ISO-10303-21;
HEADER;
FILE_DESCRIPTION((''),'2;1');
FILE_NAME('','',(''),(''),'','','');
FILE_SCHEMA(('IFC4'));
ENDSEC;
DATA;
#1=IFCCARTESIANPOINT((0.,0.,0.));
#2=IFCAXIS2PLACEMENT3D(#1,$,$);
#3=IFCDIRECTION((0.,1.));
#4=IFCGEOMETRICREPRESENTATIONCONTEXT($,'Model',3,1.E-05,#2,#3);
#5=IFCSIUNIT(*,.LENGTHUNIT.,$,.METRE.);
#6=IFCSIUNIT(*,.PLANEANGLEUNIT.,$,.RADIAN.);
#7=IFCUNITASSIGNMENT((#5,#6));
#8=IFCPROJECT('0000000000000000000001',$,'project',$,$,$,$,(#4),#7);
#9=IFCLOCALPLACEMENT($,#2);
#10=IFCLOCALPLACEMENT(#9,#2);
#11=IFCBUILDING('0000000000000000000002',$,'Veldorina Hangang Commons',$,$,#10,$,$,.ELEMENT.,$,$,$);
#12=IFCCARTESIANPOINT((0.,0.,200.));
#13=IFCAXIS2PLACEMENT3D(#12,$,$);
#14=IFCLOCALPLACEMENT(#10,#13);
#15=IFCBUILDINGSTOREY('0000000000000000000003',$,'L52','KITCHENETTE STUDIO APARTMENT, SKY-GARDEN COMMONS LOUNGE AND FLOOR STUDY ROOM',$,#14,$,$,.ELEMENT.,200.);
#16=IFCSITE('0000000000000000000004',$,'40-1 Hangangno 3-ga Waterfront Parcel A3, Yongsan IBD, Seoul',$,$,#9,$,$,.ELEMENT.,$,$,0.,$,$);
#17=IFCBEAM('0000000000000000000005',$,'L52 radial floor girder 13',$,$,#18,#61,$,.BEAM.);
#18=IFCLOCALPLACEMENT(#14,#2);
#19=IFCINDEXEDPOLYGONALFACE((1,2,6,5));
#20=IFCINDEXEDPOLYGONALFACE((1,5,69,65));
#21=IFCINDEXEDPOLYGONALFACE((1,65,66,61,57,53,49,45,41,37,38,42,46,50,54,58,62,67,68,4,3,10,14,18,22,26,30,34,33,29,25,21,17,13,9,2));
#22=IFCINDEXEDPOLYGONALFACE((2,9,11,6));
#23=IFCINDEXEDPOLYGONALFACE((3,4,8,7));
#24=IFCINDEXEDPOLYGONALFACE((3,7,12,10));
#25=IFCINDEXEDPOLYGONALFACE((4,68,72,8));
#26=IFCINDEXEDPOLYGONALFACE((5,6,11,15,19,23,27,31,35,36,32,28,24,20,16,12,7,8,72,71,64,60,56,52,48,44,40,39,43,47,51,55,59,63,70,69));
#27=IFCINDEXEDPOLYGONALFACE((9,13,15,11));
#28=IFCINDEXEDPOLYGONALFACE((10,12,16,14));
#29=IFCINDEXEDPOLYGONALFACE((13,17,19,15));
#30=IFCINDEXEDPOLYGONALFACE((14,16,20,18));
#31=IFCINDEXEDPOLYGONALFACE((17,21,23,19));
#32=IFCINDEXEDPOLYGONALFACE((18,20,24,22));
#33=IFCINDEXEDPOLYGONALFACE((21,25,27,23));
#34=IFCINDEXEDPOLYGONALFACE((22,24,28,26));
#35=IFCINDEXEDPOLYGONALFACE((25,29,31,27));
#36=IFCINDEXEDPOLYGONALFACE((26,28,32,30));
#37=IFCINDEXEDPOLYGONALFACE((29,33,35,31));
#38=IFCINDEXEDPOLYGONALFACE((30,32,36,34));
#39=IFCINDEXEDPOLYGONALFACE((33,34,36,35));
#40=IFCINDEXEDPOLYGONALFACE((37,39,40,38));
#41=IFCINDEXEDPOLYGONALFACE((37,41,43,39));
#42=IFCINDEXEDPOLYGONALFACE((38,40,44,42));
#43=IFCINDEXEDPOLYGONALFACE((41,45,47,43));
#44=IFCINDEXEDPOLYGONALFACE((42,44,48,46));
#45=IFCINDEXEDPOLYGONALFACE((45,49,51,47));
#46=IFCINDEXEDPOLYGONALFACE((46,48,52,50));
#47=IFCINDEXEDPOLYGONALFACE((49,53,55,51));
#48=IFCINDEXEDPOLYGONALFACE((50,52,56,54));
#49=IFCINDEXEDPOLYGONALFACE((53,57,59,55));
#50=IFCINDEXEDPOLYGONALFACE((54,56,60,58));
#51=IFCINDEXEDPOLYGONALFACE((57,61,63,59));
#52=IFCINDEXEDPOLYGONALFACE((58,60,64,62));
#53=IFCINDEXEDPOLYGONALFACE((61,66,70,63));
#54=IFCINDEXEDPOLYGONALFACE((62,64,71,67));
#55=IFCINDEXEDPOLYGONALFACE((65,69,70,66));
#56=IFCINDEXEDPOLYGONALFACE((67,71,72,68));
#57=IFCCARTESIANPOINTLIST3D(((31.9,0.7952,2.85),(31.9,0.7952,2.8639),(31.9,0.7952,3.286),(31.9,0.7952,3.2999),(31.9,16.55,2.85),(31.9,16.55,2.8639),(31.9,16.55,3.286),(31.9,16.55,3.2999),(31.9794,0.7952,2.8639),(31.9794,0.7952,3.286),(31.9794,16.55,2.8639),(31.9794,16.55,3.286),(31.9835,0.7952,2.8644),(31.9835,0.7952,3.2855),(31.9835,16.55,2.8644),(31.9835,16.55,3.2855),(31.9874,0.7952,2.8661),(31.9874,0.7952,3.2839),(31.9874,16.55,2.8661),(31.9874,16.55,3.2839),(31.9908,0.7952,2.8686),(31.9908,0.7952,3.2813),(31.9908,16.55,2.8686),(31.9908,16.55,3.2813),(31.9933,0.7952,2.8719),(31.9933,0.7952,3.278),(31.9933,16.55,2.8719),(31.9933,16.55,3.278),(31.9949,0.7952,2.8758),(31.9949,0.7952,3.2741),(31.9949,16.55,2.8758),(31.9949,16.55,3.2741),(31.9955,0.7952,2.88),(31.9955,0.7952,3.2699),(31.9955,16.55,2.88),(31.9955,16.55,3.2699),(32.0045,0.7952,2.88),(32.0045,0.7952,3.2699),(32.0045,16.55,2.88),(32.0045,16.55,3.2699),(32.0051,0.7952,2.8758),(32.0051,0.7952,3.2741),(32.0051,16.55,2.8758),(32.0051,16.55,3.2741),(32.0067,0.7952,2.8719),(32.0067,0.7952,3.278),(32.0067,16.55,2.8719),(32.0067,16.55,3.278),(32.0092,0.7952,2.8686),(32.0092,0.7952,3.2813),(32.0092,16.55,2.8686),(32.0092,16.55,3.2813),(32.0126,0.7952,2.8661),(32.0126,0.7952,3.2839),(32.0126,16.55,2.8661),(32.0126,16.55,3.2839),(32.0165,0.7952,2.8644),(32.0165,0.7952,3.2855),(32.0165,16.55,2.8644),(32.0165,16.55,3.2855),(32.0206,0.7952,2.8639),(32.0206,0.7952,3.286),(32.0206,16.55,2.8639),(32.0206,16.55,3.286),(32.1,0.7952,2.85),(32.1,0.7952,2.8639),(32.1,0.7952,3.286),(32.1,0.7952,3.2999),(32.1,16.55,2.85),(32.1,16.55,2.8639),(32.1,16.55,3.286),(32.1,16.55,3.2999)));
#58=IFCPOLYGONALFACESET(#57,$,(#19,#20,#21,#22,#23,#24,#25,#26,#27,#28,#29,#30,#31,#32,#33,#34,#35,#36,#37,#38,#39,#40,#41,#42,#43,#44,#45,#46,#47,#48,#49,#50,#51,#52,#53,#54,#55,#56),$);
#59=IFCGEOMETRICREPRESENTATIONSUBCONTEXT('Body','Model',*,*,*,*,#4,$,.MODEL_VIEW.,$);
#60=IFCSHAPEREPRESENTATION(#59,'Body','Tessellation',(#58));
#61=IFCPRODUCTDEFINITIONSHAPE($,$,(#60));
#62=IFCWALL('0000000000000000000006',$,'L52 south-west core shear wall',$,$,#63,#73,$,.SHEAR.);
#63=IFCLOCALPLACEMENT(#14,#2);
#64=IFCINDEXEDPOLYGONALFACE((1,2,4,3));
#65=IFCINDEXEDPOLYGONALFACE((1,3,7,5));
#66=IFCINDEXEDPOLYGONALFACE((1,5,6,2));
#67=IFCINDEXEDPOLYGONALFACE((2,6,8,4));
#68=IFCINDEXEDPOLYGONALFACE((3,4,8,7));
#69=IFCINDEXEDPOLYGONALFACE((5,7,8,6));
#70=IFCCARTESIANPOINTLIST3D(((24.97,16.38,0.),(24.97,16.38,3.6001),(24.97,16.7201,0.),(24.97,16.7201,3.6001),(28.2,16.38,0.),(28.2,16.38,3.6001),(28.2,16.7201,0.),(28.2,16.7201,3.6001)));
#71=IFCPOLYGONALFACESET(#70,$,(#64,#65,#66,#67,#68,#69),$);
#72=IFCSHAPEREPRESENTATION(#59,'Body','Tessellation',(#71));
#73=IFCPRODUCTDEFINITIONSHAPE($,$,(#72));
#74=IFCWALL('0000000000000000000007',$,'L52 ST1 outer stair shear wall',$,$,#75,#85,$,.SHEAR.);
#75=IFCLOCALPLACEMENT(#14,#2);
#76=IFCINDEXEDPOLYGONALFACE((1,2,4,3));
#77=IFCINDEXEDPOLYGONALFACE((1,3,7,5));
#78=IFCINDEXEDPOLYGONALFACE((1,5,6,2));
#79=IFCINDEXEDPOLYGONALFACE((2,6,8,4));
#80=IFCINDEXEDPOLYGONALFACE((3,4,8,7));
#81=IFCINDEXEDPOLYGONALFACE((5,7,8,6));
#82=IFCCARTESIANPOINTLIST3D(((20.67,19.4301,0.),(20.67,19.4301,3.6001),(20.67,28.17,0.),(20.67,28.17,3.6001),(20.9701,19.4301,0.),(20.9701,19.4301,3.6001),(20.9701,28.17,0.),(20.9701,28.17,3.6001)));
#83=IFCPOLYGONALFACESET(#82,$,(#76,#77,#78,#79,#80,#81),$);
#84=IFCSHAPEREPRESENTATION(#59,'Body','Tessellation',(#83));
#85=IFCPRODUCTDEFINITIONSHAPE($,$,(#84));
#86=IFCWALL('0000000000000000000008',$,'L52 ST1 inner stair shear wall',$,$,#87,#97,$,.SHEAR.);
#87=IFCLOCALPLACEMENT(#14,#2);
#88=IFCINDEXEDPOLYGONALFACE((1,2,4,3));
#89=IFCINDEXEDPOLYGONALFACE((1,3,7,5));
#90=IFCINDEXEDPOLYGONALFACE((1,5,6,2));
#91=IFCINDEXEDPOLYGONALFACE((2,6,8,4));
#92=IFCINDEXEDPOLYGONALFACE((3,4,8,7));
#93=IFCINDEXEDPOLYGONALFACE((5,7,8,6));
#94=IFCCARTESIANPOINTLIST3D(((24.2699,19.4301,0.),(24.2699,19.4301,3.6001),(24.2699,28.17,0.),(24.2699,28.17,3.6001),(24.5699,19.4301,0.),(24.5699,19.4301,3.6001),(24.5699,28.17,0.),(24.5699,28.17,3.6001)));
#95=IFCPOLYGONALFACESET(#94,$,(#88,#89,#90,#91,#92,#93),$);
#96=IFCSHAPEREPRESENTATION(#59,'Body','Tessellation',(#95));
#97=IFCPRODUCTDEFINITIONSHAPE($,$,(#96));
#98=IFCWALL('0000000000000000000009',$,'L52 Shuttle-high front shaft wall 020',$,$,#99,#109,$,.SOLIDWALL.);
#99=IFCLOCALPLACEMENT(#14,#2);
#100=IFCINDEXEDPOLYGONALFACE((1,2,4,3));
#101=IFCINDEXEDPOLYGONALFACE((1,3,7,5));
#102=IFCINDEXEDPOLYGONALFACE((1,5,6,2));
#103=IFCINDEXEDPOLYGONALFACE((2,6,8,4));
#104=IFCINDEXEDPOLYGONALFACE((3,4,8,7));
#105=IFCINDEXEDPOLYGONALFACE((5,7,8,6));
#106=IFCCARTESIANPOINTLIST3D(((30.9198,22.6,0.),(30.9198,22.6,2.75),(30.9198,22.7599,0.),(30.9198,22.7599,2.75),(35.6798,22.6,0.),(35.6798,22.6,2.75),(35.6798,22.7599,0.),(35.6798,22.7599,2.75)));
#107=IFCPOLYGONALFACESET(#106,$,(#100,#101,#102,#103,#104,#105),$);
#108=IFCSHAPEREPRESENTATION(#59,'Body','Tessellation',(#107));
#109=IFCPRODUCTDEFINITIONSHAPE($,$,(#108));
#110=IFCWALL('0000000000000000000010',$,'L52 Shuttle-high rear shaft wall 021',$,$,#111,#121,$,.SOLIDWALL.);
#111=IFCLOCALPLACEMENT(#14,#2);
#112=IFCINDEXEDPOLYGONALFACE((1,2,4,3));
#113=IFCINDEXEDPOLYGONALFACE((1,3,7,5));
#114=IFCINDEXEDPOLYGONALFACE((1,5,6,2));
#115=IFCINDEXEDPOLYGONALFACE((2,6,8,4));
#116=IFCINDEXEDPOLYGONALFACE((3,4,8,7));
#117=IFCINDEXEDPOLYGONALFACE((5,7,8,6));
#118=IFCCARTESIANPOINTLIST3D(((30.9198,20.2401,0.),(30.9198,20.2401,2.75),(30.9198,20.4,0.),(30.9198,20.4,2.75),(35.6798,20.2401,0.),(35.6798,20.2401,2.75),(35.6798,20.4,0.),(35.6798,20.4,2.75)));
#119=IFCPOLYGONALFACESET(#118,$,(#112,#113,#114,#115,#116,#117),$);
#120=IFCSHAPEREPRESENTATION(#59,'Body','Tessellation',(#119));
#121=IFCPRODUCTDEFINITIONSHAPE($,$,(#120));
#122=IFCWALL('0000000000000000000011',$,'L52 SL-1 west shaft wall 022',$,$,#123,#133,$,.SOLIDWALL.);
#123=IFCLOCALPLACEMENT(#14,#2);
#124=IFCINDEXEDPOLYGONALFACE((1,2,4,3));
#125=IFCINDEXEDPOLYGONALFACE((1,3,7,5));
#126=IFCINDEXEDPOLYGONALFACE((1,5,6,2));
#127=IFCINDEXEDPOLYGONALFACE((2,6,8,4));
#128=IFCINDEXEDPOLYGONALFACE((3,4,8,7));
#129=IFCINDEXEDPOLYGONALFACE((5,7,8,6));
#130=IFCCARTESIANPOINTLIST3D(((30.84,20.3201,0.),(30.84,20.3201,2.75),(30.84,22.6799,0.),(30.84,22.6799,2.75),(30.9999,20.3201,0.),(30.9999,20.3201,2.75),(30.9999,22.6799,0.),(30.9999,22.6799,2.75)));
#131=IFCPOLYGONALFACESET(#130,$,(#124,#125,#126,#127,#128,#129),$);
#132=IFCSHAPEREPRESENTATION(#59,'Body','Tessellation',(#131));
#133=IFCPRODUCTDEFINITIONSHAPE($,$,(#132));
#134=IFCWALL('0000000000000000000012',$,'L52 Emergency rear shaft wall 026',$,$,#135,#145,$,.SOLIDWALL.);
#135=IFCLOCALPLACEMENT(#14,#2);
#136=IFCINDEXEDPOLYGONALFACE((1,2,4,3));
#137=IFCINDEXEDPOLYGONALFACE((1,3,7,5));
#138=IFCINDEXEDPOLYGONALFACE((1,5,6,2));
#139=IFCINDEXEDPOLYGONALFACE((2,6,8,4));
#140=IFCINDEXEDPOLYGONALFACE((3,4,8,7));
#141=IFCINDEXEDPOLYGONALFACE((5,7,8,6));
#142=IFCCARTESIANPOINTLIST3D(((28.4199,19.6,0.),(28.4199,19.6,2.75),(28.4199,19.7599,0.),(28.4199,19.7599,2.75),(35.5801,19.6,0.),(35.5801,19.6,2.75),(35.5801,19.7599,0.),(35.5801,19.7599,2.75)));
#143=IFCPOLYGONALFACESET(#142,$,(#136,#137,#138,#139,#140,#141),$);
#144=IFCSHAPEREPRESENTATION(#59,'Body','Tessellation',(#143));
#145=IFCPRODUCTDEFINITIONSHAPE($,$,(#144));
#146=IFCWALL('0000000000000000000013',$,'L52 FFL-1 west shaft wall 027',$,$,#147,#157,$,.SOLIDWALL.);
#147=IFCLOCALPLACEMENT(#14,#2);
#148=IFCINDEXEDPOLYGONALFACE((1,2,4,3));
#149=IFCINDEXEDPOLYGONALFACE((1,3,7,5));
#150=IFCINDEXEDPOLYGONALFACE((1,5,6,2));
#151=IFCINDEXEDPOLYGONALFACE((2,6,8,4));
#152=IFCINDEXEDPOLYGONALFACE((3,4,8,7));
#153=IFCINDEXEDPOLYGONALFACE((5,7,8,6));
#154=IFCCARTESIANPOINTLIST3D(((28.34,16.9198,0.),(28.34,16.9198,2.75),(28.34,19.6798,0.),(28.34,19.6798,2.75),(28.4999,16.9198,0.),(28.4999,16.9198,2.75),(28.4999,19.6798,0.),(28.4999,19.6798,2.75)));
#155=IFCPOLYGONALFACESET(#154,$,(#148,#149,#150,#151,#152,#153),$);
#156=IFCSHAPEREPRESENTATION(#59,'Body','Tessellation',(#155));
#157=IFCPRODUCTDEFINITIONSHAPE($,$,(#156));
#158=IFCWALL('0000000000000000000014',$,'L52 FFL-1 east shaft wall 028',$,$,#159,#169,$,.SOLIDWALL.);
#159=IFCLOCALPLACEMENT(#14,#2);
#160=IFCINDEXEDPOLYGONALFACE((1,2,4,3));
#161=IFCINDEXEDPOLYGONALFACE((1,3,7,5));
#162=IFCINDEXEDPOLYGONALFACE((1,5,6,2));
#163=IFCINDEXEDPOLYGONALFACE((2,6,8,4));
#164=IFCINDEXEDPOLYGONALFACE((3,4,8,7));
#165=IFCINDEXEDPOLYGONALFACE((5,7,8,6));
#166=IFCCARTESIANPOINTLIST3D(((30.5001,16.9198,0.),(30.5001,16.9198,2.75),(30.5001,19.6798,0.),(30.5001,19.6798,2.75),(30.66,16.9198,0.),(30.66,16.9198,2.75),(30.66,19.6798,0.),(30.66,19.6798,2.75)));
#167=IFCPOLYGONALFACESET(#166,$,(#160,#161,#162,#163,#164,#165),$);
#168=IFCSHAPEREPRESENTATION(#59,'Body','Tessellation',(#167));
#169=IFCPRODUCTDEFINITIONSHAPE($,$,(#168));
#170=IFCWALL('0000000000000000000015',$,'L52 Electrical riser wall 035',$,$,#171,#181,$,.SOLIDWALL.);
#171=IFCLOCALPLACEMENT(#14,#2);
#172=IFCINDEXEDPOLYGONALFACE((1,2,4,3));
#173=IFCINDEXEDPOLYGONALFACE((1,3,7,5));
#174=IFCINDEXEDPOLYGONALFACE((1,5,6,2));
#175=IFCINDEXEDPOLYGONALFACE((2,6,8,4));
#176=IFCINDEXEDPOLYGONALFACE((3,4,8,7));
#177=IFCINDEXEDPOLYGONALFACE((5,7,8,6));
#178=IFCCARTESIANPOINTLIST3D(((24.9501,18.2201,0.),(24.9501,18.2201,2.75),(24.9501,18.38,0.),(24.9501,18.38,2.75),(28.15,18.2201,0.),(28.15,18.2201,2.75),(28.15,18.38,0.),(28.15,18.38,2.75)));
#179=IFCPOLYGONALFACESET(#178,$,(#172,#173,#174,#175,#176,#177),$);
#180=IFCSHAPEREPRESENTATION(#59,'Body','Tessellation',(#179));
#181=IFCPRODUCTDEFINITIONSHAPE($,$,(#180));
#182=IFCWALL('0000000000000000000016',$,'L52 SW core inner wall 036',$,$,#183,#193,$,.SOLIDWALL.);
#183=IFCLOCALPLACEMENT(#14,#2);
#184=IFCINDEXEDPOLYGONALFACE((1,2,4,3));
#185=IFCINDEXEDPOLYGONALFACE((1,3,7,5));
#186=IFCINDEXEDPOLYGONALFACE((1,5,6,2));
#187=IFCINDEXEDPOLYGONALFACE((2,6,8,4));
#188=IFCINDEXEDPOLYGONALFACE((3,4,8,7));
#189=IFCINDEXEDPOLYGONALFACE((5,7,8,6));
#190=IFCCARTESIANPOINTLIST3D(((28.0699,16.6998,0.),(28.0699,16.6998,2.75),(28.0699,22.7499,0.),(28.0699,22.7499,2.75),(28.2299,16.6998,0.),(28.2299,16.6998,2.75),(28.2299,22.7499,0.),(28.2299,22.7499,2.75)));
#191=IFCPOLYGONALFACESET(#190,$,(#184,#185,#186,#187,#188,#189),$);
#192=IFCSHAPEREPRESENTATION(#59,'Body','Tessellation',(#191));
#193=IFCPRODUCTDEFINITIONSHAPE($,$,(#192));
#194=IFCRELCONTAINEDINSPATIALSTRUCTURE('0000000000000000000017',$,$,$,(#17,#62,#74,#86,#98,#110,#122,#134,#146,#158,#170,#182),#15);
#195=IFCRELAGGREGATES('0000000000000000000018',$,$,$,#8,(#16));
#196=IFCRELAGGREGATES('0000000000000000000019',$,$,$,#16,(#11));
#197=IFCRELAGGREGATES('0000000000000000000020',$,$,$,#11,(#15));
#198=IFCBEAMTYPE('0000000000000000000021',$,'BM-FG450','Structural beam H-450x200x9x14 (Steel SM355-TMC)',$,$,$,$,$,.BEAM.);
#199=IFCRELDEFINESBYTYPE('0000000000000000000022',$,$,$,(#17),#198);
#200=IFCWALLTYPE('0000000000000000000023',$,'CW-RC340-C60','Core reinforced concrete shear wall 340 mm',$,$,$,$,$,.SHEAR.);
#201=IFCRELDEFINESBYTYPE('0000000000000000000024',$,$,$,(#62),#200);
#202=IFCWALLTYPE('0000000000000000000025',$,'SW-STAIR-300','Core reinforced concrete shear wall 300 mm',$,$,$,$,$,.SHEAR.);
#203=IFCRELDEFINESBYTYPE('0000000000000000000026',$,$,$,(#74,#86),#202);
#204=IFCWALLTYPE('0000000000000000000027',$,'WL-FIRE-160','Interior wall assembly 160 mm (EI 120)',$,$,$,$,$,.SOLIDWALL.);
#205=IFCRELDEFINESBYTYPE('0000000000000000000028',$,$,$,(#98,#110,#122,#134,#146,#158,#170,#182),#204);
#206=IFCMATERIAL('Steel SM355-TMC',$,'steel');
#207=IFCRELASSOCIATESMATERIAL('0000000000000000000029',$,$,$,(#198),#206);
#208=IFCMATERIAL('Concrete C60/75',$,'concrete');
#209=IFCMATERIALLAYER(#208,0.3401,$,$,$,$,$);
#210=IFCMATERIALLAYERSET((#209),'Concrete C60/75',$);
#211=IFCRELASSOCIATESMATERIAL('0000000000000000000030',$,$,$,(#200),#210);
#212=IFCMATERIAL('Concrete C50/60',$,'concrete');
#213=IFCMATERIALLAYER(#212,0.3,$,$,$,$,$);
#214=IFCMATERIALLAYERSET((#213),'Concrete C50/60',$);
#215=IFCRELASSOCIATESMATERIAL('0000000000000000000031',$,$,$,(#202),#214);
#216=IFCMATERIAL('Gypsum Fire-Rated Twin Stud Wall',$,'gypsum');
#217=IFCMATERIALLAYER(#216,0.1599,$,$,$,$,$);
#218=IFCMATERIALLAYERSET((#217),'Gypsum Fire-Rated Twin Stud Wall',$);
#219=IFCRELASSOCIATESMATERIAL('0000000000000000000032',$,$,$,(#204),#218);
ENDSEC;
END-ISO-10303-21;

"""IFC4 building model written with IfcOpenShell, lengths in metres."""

from ifc_helpers import new_model, si_unit, direction, frame, frame_2d, origin, origin_2d, place, context, subcontext, project, spatial, rectangle, i_section, extrude, material, layer, layer_set, material_profile, profile_set, type_object, element, save


model = new_model("IFC4")

# Units and contexts
model_context = context("Model", 3, precision=1e-05, world=origin(), true_north=direction((0.0, 1.0)))
body_context = subcontext(model_context, "Body", "Model", "MODEL_VIEW")
ifc_project = project(units=[si_unit("LENGTHUNIT", "METRE"), si_unit("PLANEANGLEUNIT", "RADIAN")], contexts=[model_context])

# Site, building, storey
site_placement = place(None, origin())
site = spatial("IfcSite", under=ifc_project, at=site_placement, Name="40-1 Hangangno 3-ga Waterfront Parcel A3, Yongsan IBD, Seoul", CompositionType="ELEMENT", RefElevation=0.0)
building_placement = place(site_placement, origin())
building = spatial("IfcBuilding", under=site, at=building_placement, Name="Veldorina Hangang Commons", CompositionType="ELEMENT")
storey_placement = place(building_placement, frame((0.0, 0.0, 200.0)))
storey = spatial("IfcBuildingStorey", under=building, at=storey_placement, Name="L52", Description="KITCHENETTE STUDIO APARTMENT, SKY-GARDEN COMMONS LOUNGE AND FLOOR STUDY ROOM", CompositionType="ELEMENT", Elevation=200.0)

# Beam
ifc_material_1 = material(Name="Concrete C60/75", Category="concrete")
ifc_material_2 = material(Name="Steel SM355-TMC", Category="steel")
ifc_material_profile_1 = material_profile(ifc_material_2, i_section(OverallWidth=0.2, OverallDepth=0.45, WebThickness=0.009, FlangeThickness=0.0139, FilletRadius=0.0161, at=origin_2d()), Name="H-450x200x9x14")
ifc_profile_set_1 = profile_set([ifc_material_profile_1], Name="Steel SM355-TMC")
beam_type_1 = type_object("IfcBeamType", Name="BM-FG450", Description="Structural beam H-450x200x9x14 (Steel SM355-TMC)", PredefinedType="BEAM", material=ifc_profile_set_1)
beam_1_placement = place(storey_placement, frame((32.0, 16.55, 3.075), z_axis=(0.0, -1.0, 0.0), x_axis=(1.0, 0.0, 0.0)))
element("IfcBeam", 1, at=beam_1_placement, inside=storey, type_object=beam_type_1, Name="L52 radial floor girder 13", PredefinedType="BEAM", context=body_context, shape_type="SweptSolid", body=[
    extrude(i_section(OverallWidth=0.2, OverallDepth=0.45, WebThickness=0.009, FlangeThickness=0.0139, FilletRadius=0.0161, at=origin_2d()), origin(), (0.0, 0.0, 1.0), 15.7549),
])

# Walls
ifc_layer_1 = layer(ifc_material_1, 0.3401)
ifc_layer_set_1 = layer_set([ifc_layer_1], Name="Concrete C60/75")
wall_type_1 = type_object("IfcWallType", Name="CW-RC340-C60", Description="Core reinforced concrete shear wall 340 mm", PredefinedType="SHEAR", material=ifc_layer_set_1)
wall_1_placement = place(storey_placement, frame((24.97, 16.55, 0.0), z_axis=(0.0, 0.0, 1.0), x_axis=(1.0, 0.0, 0.0)))
element("IfcWall", 2, at=wall_1_placement, inside=storey, type_object=wall_type_1, Name="L52 south-west core shear wall", PredefinedType="SHEAR", context=body_context, shape_type="SweptSolid", body=[
    extrude(rectangle(XDim=3.23, YDim=0.3401, at=frame_2d((1.615, 0.0))), origin(), (0.0, 0.0, 1.0), 3.6001),
])
ifc_material_3 = material(Name="Concrete C50/60", Category="concrete")
ifc_layer_2 = layer(ifc_material_3, 0.3)
ifc_layer_set_2 = layer_set([ifc_layer_2], Name="Concrete C50/60")
wall_type_2 = type_object("IfcWallType", Name="SW-STAIR-300", Description="Core reinforced concrete shear wall 300 mm", PredefinedType="SHEAR", material=ifc_layer_set_2)
for number, where, z_axis, x_axis, name in (
    (3, (20.8201, 19.4299, 0.0), (0.0, 0.0, 1.0), (0.0, 1.0, 0.0), "L52 ST1 outer stair shear wall"),
    (4, (24.4199, 19.4299, 0.0), (0.0, 0.0, 1.0), (0.0, 1.0, 0.0), "L52 ST1 inner stair shear wall"),
):
    element("IfcWall", number, at=place(storey_placement, frame(where, z_axis=z_axis, x_axis=x_axis)), inside=storey, type_object=wall_type_2, Name=name, PredefinedType="SHEAR", context=body_context, shape_type="SweptSolid", body=[
        extrude(rectangle(XDim=8.74, YDim=0.3, at=frame_2d((4.3701, 0.0))), origin(), (0.0, 0.0, 1.0), 3.6001),
    ])
ifc_material_4 = material(Name="Gypsum Fire-Rated Twin Stud Wall", Category="gypsum")
ifc_layer_3 = layer(ifc_material_4, 0.1599)
ifc_layer_set_3 = layer_set([ifc_layer_3], Name="Gypsum Fire-Rated Twin Stud Wall")
wall_type_3 = type_object("IfcWallType", Name="WL-FIRE-160", Description="Interior wall assembly 160 mm (EI 120)", PredefinedType="SOLIDWALL", material=ifc_layer_set_3)
for number, where, z_axis, x_axis, name in (
    (5, (30.9199, 22.6799, 0.0), (0.0, 0.0, 1.0), (1.0, 0.0, 0.0), "L52 Shuttle-high front shaft wall 020"),
    (6, (30.9199, 20.3201, 0.0), (0.0, 0.0, 1.0), (1.0, 0.0, 0.0), "L52 Shuttle-high rear shaft wall 021"),
):
    element("IfcWall", number, at=place(storey_placement, frame(where, z_axis=z_axis, x_axis=x_axis)), inside=storey, type_object=wall_type_3, Name=name, PredefinedType="SOLIDWALL", context=body_context, shape_type="SweptSolid", body=[
        extrude(rectangle(XDim=4.76, YDim=0.1599, at=frame_2d((2.3799, 0.0))), origin(), (0.0, 0.0, 1.0), 2.75),
    ])
wall_2_placement = place(storey_placement, frame((30.9199, 20.3201, 0.0), z_axis=(0.0, 0.0, 1.0), x_axis=(0.0, 1.0, 0.0)))
element("IfcWall", 7, at=wall_2_placement, inside=storey, type_object=wall_type_3, Name="L52 SL-1 west shaft wall 022", PredefinedType="SOLIDWALL", context=body_context, shape_type="SweptSolid", body=[
    extrude(rectangle(XDim=2.3599, YDim=0.1599, at=frame_2d((1.1799, 0.0))), origin(), (0.0, 0.0, 1.0), 2.75),
])

# Walls
wall_3_placement = place(storey_placement, frame((28.4199, 19.6799, 0.0), z_axis=(0.0, 0.0, 1.0), x_axis=(1.0, 0.0, 0.0)))
element("IfcWall", 8, at=wall_3_placement, inside=storey, type_object=wall_type_3, Name="L52 Emergency rear shaft wall 026", PredefinedType="SOLIDWALL", context=body_context, shape_type="SweptSolid", body=[
    extrude(rectangle(XDim=7.1602, YDim=0.1599, at=frame_2d((3.5801, 0.0))), origin(), (0.0, 0.0, 1.0), 2.75),
])
for number, where, z_axis, x_axis, name in (
    (9, (28.4199, 16.9199, 0.0), (0.0, 0.0, 1.0), (0.0, 1.0, 0.0), "L52 FFL-1 west shaft wall 027"),
    (10, (30.5801, 16.9199, 0.0), (0.0, 0.0, 1.0), (0.0, 1.0, 0.0), "L52 FFL-1 east shaft wall 028"),
):
    element("IfcWall", number, at=place(storey_placement, frame(where, z_axis=z_axis, x_axis=x_axis)), inside=storey, type_object=wall_type_3, Name=name, PredefinedType="SOLIDWALL", context=body_context, shape_type="SweptSolid", body=[
        extrude(rectangle(XDim=2.76, YDim=0.1599, at=frame_2d((1.3799, 0.0))), origin(), (0.0, 0.0, 1.0), 2.75),
    ])
wall_4_placement = place(storey_placement, frame((24.95, 18.3, 0.0), z_axis=(0.0, 0.0, 1.0), x_axis=(1.0, 0.0, 0.0)))
element("IfcWall", 11, at=wall_4_placement, inside=storey, type_object=wall_type_3, Name="L52 Electrical riser wall 035", PredefinedType="SOLIDWALL", context=body_context, shape_type="SweptSolid", body=[
    extrude(rectangle(XDim=3.2, YDim=0.1599, at=frame_2d((1.6001, 0.0))), origin(), (0.0, 0.0, 1.0), 2.75),
])
wall_5_placement = place(storey_placement, frame((28.1499, 16.7, 0.0), z_axis=(0.0, 0.0, 1.0), x_axis=(0.0, 1.0, 0.0)))
element("IfcWall", 12, at=wall_5_placement, inside=storey, type_object=wall_type_3, Name="L52 SW core inner wall 036", PredefinedType="SOLIDWALL", context=body_context, shape_type="SweptSolid", body=[
    extrude(rectangle(XDim=6.05, YDim=0.1599, at=frame_2d((3.0249, 0.0))), origin(), (0.0, 0.0, 1.0), 2.75),
])

save(model, "model.ifc")
